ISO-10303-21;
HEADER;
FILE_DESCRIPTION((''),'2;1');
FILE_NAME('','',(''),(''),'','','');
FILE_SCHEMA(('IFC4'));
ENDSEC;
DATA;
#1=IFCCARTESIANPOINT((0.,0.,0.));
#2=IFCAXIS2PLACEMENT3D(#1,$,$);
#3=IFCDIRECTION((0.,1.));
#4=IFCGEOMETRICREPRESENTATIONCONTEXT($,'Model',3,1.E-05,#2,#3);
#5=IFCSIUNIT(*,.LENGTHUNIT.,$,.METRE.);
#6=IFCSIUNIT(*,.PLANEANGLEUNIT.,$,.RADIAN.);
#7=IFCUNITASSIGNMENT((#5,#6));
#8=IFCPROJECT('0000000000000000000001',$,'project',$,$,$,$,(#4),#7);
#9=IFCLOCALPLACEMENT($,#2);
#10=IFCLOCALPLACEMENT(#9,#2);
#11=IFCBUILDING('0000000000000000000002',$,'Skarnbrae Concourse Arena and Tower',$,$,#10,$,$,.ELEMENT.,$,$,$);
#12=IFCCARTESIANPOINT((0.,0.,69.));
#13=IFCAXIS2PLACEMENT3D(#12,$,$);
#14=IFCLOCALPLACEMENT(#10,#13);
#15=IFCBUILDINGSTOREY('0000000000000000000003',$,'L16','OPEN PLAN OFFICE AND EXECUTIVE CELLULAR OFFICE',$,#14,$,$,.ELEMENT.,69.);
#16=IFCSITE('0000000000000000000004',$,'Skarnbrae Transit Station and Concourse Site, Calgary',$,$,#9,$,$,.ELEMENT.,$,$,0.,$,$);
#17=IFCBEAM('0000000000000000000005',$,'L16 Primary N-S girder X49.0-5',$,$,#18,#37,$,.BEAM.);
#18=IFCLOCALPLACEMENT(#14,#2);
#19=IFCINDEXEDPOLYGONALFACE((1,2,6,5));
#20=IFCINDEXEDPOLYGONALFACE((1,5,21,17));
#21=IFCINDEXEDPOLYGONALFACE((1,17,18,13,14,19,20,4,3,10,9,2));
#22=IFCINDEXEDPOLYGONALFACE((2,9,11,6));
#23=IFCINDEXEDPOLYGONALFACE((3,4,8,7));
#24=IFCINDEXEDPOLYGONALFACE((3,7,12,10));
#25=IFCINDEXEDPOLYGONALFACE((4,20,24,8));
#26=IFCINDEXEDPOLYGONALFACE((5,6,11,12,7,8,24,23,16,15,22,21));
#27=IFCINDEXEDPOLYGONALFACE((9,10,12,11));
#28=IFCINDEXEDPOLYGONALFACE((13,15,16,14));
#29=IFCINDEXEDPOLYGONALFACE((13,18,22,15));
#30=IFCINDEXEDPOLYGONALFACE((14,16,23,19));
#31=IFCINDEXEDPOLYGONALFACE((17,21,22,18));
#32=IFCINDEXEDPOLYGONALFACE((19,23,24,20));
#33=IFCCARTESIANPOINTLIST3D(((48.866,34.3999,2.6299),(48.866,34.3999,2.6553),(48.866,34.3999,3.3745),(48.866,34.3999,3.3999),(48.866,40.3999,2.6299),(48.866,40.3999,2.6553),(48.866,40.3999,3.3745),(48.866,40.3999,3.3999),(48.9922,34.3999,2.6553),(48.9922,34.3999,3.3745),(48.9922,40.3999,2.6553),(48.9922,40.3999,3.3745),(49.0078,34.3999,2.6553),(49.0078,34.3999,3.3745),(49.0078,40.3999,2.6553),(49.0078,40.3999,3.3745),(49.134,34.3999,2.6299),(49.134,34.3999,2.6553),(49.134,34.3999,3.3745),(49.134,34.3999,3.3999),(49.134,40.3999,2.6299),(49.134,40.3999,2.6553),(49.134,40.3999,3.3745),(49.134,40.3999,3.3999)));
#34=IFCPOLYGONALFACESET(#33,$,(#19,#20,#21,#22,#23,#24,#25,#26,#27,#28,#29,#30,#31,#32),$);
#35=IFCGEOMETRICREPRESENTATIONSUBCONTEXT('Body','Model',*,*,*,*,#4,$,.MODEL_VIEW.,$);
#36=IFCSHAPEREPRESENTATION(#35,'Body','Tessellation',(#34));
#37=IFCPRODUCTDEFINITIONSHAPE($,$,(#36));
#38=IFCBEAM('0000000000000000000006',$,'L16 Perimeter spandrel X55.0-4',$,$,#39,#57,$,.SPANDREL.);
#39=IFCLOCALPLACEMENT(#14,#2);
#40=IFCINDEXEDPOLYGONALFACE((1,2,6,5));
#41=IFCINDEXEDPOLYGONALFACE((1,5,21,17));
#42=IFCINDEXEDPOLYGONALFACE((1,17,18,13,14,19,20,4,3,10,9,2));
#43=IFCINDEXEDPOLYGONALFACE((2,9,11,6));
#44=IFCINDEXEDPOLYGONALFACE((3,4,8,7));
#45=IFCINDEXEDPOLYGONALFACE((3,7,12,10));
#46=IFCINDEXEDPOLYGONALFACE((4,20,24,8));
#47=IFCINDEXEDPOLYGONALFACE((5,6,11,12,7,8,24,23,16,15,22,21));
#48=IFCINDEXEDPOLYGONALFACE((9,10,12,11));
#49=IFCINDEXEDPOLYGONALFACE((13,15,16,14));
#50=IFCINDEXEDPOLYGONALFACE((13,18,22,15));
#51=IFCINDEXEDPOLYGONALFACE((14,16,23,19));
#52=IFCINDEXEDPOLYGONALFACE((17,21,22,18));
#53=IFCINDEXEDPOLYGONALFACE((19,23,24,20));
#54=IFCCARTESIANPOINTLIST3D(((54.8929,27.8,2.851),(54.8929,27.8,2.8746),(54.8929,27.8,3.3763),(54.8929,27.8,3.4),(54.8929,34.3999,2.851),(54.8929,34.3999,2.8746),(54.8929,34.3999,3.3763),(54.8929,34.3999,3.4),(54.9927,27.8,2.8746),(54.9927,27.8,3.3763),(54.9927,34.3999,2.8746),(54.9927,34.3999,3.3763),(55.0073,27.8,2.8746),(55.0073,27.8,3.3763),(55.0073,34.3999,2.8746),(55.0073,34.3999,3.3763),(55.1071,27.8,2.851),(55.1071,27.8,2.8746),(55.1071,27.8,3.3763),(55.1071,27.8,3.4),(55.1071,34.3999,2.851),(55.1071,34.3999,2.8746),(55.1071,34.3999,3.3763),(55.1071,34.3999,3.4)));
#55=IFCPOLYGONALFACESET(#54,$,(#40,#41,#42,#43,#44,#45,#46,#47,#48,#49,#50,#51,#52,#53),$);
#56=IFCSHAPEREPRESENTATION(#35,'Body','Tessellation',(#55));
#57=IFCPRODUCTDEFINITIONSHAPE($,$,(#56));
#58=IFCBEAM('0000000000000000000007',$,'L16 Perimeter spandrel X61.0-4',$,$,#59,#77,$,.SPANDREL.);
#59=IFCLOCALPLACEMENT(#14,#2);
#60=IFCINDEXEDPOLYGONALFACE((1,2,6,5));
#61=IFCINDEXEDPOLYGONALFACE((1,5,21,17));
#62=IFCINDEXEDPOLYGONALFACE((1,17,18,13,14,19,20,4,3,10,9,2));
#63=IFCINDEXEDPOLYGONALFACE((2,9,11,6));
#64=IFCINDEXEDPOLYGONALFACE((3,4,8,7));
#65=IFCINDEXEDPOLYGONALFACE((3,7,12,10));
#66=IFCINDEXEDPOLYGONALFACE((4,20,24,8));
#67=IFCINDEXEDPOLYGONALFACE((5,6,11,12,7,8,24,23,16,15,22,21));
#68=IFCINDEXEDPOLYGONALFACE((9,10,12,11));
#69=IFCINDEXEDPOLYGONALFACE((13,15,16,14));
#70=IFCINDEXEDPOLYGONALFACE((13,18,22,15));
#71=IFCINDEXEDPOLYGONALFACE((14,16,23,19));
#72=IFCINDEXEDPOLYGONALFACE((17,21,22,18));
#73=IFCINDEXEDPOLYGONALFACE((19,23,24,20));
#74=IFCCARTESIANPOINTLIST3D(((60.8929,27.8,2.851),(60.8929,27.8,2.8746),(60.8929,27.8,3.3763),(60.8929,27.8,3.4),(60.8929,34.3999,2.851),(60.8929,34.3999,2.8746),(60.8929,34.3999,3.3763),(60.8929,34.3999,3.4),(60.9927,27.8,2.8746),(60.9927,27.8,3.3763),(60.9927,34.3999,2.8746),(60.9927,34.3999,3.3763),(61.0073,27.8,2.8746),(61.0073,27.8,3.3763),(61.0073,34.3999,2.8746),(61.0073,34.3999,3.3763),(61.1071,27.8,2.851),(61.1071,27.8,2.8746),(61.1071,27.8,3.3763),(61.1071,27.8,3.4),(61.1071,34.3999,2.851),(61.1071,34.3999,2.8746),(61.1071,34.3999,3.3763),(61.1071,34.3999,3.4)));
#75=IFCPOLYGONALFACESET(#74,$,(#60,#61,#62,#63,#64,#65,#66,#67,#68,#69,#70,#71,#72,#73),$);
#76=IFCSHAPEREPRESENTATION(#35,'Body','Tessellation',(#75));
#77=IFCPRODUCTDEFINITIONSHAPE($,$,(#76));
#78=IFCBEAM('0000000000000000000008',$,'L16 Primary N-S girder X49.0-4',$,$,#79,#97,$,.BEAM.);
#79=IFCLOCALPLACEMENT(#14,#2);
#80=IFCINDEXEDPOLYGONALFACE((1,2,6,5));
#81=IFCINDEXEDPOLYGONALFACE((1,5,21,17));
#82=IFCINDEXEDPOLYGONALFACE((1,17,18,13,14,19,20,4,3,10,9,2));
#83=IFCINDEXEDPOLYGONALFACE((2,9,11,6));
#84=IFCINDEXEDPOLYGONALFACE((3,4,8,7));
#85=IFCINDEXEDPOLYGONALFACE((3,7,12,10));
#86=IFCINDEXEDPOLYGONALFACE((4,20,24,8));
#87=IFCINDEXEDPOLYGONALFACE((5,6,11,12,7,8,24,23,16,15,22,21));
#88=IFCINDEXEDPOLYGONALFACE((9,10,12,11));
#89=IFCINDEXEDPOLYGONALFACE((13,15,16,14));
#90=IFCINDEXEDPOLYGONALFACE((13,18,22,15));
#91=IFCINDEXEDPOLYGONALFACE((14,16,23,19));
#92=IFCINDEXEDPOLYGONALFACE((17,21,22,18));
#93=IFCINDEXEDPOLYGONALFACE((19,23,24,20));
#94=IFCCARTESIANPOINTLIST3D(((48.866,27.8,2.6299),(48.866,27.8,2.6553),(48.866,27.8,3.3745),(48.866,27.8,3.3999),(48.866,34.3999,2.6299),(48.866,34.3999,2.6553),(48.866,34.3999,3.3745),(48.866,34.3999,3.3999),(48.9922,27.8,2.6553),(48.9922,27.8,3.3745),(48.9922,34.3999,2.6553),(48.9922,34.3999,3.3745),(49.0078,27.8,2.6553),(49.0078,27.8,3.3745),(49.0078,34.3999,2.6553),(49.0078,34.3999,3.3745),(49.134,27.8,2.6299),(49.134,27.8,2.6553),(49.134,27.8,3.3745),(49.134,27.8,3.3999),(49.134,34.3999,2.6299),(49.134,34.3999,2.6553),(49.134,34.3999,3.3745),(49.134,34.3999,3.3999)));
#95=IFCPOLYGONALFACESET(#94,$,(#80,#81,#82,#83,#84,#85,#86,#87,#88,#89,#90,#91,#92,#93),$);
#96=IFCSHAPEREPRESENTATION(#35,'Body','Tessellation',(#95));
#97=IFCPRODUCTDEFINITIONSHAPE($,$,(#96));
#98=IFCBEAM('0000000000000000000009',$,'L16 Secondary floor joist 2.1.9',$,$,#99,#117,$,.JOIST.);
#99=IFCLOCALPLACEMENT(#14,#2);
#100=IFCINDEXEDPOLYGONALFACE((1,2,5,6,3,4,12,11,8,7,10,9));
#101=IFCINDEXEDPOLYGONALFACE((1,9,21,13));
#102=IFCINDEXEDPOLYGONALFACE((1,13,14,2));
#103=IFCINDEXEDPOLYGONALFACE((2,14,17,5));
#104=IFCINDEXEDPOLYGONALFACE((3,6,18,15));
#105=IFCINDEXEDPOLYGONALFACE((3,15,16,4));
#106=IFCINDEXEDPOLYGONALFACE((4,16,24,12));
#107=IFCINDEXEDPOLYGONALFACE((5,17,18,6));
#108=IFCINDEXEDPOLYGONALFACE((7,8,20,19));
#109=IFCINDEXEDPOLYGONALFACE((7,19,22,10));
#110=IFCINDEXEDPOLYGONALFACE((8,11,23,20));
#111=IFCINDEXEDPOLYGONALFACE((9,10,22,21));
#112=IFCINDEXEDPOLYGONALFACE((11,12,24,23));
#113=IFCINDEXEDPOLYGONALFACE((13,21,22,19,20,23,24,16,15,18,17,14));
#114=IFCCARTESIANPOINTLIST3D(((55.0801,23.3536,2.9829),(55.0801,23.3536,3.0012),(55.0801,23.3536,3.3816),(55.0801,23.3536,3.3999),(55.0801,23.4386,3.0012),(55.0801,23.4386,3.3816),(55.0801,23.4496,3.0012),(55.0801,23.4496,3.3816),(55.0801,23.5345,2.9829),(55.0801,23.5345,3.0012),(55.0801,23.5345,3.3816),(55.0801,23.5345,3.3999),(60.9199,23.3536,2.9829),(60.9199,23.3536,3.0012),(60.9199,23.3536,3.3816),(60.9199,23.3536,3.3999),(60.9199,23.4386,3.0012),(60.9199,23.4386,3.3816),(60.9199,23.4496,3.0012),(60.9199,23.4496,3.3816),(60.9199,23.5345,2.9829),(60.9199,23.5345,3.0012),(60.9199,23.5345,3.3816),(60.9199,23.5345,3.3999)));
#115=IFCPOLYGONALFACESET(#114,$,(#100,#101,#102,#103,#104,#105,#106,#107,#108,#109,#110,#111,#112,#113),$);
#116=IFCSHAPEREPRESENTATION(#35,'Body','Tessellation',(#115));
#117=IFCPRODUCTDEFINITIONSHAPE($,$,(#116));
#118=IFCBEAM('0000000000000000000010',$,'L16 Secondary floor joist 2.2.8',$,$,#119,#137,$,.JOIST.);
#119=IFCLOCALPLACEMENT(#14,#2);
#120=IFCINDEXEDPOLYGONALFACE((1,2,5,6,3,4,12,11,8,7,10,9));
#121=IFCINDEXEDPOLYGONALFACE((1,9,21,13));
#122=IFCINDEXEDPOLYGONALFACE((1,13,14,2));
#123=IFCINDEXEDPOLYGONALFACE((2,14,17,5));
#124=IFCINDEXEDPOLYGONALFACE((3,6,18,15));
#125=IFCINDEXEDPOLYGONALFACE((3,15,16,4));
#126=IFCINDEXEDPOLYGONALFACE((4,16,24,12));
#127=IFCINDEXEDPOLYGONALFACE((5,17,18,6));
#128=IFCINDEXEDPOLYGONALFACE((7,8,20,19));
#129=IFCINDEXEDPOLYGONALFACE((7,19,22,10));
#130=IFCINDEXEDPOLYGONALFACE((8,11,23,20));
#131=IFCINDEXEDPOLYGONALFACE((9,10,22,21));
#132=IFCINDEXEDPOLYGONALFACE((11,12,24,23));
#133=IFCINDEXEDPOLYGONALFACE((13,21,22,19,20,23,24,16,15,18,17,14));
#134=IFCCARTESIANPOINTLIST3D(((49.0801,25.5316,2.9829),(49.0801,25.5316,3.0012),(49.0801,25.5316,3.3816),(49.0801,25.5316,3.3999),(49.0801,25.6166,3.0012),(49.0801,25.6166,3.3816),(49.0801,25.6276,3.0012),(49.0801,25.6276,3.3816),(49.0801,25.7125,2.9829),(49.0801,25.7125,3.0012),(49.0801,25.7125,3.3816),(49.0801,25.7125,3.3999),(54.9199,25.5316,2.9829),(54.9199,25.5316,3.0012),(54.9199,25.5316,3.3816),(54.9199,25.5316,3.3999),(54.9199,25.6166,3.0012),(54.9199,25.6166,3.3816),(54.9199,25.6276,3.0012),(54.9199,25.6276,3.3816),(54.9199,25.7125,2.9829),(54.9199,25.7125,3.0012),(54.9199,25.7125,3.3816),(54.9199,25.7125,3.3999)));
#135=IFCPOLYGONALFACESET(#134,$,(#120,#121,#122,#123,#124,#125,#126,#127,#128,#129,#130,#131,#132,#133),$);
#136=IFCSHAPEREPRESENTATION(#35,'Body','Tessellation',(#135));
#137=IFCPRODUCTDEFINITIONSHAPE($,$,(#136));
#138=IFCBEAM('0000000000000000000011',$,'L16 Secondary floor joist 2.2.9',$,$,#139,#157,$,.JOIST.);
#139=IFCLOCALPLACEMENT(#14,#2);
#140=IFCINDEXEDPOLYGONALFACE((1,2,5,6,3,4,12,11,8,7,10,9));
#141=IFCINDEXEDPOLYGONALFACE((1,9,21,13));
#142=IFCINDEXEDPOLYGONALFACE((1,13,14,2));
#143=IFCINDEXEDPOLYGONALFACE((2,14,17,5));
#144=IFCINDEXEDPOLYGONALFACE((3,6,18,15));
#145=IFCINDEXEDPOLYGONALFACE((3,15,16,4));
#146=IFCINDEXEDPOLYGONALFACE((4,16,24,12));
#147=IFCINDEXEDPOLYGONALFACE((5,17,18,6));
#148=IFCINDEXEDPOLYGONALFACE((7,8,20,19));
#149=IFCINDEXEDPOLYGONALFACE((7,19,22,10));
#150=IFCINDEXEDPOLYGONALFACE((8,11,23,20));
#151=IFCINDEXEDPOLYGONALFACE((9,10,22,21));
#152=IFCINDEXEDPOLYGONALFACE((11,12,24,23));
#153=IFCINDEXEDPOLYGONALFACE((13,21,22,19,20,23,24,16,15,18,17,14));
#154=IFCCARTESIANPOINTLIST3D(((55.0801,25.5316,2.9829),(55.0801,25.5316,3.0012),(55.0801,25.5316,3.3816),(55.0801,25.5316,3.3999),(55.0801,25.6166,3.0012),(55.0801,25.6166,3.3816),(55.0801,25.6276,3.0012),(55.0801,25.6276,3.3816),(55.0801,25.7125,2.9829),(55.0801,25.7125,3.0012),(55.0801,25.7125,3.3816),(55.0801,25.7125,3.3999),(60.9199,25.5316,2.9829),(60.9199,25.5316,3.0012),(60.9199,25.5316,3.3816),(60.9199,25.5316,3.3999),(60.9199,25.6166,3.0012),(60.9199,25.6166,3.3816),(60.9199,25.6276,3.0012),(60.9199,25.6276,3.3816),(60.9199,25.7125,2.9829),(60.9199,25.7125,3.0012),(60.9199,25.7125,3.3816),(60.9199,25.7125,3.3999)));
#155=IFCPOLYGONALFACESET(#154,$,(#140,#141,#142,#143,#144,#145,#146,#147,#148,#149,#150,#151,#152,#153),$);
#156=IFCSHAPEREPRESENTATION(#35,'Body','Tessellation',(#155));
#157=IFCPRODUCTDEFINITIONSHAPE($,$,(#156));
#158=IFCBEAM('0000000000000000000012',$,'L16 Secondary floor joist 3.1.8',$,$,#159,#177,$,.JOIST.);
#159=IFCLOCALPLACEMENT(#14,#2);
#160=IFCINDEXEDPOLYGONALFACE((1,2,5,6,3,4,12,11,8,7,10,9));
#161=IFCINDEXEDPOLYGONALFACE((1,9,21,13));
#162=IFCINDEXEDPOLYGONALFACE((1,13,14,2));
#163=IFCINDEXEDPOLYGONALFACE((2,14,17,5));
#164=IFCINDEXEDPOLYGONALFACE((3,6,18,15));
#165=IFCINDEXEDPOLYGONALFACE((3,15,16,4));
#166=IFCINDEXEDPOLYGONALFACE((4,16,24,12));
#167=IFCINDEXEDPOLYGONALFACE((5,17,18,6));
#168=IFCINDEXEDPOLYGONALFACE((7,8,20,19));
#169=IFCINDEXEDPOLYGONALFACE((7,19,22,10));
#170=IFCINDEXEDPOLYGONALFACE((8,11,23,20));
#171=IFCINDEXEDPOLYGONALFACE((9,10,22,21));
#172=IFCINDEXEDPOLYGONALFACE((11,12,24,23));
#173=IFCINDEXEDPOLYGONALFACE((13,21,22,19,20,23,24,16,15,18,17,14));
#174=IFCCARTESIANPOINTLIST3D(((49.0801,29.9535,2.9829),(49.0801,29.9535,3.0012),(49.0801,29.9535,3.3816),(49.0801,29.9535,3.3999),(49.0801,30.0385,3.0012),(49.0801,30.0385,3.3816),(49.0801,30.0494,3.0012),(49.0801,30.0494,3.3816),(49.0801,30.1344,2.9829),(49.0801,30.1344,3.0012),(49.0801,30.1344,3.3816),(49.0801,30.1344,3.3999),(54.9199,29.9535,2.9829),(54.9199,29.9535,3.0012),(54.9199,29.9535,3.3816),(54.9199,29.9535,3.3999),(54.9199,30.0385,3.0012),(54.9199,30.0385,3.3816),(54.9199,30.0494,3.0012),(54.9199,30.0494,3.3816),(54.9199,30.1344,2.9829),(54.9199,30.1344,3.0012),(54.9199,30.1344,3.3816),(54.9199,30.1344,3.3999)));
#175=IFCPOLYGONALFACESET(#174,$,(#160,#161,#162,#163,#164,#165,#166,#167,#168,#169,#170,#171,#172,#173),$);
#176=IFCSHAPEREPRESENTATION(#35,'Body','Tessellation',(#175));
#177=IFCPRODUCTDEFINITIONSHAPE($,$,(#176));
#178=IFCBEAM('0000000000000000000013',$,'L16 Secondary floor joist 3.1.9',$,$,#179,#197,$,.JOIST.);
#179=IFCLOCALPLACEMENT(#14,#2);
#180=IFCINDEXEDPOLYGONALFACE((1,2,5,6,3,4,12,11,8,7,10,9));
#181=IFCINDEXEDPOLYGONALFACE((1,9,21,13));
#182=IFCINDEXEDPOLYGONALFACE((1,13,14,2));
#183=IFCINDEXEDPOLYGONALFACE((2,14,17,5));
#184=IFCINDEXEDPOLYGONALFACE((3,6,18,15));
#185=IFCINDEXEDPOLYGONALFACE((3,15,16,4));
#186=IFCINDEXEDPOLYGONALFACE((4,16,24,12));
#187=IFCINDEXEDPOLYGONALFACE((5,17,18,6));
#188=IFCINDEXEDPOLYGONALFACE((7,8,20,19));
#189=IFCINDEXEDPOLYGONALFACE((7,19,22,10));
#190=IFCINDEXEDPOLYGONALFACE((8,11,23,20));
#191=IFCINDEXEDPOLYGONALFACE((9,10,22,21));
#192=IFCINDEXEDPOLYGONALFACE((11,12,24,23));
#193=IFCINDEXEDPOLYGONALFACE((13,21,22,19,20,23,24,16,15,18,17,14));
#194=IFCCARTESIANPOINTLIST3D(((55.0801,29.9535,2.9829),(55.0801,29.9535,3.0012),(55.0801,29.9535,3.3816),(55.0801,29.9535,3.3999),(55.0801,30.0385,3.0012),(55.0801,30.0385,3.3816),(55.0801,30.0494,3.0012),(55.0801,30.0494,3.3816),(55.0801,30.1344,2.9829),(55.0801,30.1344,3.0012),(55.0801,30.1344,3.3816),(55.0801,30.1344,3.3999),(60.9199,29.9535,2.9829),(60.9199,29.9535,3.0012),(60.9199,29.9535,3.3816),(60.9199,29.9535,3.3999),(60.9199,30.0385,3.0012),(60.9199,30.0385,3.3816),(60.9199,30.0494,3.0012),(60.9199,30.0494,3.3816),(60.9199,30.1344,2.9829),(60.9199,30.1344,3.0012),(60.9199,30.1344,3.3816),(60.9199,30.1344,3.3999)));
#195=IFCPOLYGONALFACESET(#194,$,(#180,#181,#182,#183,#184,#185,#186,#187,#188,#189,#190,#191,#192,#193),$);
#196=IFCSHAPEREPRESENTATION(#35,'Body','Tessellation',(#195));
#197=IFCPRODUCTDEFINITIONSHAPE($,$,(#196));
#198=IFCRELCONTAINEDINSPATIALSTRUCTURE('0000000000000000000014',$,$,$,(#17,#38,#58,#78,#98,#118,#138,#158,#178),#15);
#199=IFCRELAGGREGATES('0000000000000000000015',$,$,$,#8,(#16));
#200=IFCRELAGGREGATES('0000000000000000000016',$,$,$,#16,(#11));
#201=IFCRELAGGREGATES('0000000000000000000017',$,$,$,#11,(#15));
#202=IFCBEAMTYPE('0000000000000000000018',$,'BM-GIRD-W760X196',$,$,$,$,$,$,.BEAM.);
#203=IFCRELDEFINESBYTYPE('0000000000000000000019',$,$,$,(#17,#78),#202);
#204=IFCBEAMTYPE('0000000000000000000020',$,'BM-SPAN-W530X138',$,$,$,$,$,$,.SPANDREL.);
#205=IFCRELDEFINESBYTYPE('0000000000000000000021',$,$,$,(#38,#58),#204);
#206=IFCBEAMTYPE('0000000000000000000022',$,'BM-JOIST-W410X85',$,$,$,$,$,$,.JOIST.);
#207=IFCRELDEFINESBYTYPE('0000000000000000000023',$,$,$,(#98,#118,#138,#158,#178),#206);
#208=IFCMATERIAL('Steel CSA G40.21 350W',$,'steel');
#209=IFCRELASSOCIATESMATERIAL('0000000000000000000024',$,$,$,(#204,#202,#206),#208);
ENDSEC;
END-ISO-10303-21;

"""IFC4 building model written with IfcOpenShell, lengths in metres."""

from ifc_helpers import new_model, si_unit, direction, frame, origin, origin_2d, place, context, subcontext, project, spatial, i_section, extrude, source, transform, mapped, material, material_profile, profile_set, type_object, element, save


model = new_model("IFC4")

# Units and contexts
model_context = context("Model", 3, precision=1e-05, world=origin(), true_north=direction((0.0, 1.0)))
body_context = subcontext(model_context, "Body", "Model", "MODEL_VIEW")
ifc_project = project(units=[si_unit("LENGTHUNIT", "METRE"), si_unit("PLANEANGLEUNIT", "RADIAN")], contexts=[model_context])

# Site, building, storey
site_placement = place(None, origin())
site = spatial("IfcSite", under=ifc_project, at=site_placement, Name="Skarnbrae Transit Station and Concourse Site, Calgary", CompositionType="ELEMENT", RefElevation=0.0)
building_placement = place(site_placement, origin())
building = spatial("IfcBuilding", under=site, at=building_placement, Name="Skarnbrae Concourse Arena and Tower", CompositionType="ELEMENT")
storey_placement = place(building_placement, frame((0.0, 0.0, 69.0)))
storey = spatial("IfcBuildingStorey", under=building, at=storey_placement, Name="L16", Description="OPEN PLAN OFFICE AND EXECUTIVE CELLULAR OFFICE", CompositionType="ELEMENT", Elevation=69.0)

# Shared definitions
ifc_material_1 = material(Name="Steel CSA G40.21 350W", Category="steel")

# Beams
ifc_material_profile_1 = material_profile(ifc_material_1, i_section(OverallWidth=0.2141, OverallDepth=0.5491, WebThickness=0.0146, FlangeThickness=0.0237, at=origin_2d()), Name="W530X138")
ifc_profile_set_1 = profile_set([ifc_material_profile_1], Name="Steel CSA G40.21 350W")
beam_type_1 = type_object("IfcBeamType", Name="BM-SPAN-W530X138", PredefinedType="SPANDREL", material=ifc_profile_set_1)
ifc_material_profile_2 = material_profile(ifc_material_1, i_section(OverallWidth=0.2681, OverallDepth=0.77, WebThickness=0.0156, FlangeThickness=0.0254, at=origin_2d()), Name="W760X196")
ifc_profile_set_2 = profile_set([ifc_material_profile_2], Name="Steel CSA G40.21 350W")
beam_type_2 = type_object("IfcBeamType", Name="BM-GIRD-W760X196", PredefinedType="BEAM", material=ifc_profile_set_2)
shared_shape_1 = source(origin(), body_context, "Body", "SweptSolid", [
    extrude(i_section(OverallWidth=0.2681, OverallDepth=0.77, WebThickness=0.0156, FlangeThickness=0.0254, at=origin_2d()), origin(), (0.0, 0.0, 1.0), 6.0),
])
for number, where, z_axis, x_axis, name in (
    (1, (49.0, 34.3999, 3.0149), (0.0, 1.0, 0.0), (-1.0, 0.0, 0.0), "L16 Primary N-S girder X49.0-5"),
):
    element("IfcBeam", number, at=place(storey_placement, frame(where, z_axis=z_axis, x_axis=x_axis)), inside=storey, type_object=beam_type_2, Name=name, PredefinedType="BEAM", context=body_context, shape_type="MappedRepresentation", body=[
        mapped(shared_shape_1, transform((0.0, 0.0, 0.0))),
    ])
shared_shape_2 = source(origin(), body_context, "Body", "SweptSolid", [
    extrude(i_section(OverallWidth=0.2141, OverallDepth=0.5491, WebThickness=0.0146, FlangeThickness=0.0237, at=origin_2d()), origin(), (0.0, 0.0, 1.0), 6.5999),
])
for number, where, z_axis, x_axis, name in (
    (2, (55.0, 27.8, 3.1255), (0.0, 1.0, 0.0), (-1.0, 0.0, 0.0), "L16 Perimeter spandrel X55.0-4"),
    (3, (61.0, 27.8, 3.1255), (0.0, 1.0, 0.0), (-1.0, 0.0, 0.0), "L16 Perimeter spandrel X61.0-4"),
):
    element("IfcBeam", number, at=place(storey_placement, frame(where, z_axis=z_axis, x_axis=x_axis)), inside=storey, type_object=beam_type_1, Name=name, PredefinedType="SPANDREL", context=body_context, shape_type="MappedRepresentation", body=[
        mapped(shared_shape_2, transform((0.0, 0.0, 0.0))),
    ])
shared_shape_3 = source(origin(), body_context, "Body", "SweptSolid", [
    extrude(i_section(OverallWidth=0.2681, OverallDepth=0.77, WebThickness=0.0156, FlangeThickness=0.0254, at=origin_2d()), origin(), (0.0, 0.0, 1.0), 6.5999),
])
beam_placement = place(storey_placement, frame((49.0, 27.8, 3.0149), z_axis=(0.0, 1.0, 0.0), x_axis=(-1.0, 0.0, 0.0)))
element("IfcBeam", 4, at=beam_placement, inside=storey, type_object=beam_type_2, Name="L16 Primary N-S girder X49.0-4", PredefinedType="BEAM", context=body_context, shape_type="MappedRepresentation", body=[
    mapped(shared_shape_3, transform((0.0, 0.0, 0.0))),
])
ifc_material_profile_3 = material_profile(ifc_material_1, i_section(OverallWidth=0.1809, OverallDepth=0.417, WebThickness=0.011, FlangeThickness=0.0183, at=origin_2d()), Name="W410X85")
ifc_profile_set_3 = profile_set([ifc_material_profile_3], Name="Steel CSA G40.21 350W")
beam_type_3 = type_object("IfcBeamType", Name="BM-JOIST-W410X85", PredefinedType="JOIST", material=ifc_profile_set_3)
shared_shape_4 = source(origin(), body_context, "Body", "SweptSolid", [
    extrude(i_section(OverallWidth=0.1809, OverallDepth=0.417, WebThickness=0.011, FlangeThickness=0.0183, at=origin_2d()), origin(), (0.0, 0.0, 1.0), 5.8398),
])
for number, where, z_axis, x_axis, name in (
    (5, (55.0801, 23.4441, 3.1914), (1.0, 0.0, 0.0), (0.0, 1.0, 0.0), "L16 Secondary floor joist 2.1.9"),
    (6, (49.0801, 25.6221, 3.1914), (1.0, 0.0, 0.0), (0.0, 1.0, 0.0), "L16 Secondary floor joist 2.2.8"),
    (7, (55.0801, 25.6221, 3.1914), (1.0, 0.0, 0.0), (0.0, 1.0, 0.0), "L16 Secondary floor joist 2.2.9"),
    (8, (49.0801, 30.0439, 3.1914), (1.0, 0.0, 0.0), (0.0, 1.0, 0.0), "L16 Secondary floor joist 3.1.8"),
    (9, (55.0801, 30.0439, 3.1914), (1.0, 0.0, 0.0), (0.0, 1.0, 0.0), "L16 Secondary floor joist 3.1.9"),
):
    element("IfcBeam", number, at=place(storey_placement, frame(where, z_axis=z_axis, x_axis=x_axis)), inside=storey, type_object=beam_type_3, Name=name, PredefinedType="JOIST", context=body_context, shape_type="MappedRepresentation", body=[
        mapped(shared_shape_4, transform((0.0, 0.0, 0.0))),
    ])

save(model, "model.ifc")
